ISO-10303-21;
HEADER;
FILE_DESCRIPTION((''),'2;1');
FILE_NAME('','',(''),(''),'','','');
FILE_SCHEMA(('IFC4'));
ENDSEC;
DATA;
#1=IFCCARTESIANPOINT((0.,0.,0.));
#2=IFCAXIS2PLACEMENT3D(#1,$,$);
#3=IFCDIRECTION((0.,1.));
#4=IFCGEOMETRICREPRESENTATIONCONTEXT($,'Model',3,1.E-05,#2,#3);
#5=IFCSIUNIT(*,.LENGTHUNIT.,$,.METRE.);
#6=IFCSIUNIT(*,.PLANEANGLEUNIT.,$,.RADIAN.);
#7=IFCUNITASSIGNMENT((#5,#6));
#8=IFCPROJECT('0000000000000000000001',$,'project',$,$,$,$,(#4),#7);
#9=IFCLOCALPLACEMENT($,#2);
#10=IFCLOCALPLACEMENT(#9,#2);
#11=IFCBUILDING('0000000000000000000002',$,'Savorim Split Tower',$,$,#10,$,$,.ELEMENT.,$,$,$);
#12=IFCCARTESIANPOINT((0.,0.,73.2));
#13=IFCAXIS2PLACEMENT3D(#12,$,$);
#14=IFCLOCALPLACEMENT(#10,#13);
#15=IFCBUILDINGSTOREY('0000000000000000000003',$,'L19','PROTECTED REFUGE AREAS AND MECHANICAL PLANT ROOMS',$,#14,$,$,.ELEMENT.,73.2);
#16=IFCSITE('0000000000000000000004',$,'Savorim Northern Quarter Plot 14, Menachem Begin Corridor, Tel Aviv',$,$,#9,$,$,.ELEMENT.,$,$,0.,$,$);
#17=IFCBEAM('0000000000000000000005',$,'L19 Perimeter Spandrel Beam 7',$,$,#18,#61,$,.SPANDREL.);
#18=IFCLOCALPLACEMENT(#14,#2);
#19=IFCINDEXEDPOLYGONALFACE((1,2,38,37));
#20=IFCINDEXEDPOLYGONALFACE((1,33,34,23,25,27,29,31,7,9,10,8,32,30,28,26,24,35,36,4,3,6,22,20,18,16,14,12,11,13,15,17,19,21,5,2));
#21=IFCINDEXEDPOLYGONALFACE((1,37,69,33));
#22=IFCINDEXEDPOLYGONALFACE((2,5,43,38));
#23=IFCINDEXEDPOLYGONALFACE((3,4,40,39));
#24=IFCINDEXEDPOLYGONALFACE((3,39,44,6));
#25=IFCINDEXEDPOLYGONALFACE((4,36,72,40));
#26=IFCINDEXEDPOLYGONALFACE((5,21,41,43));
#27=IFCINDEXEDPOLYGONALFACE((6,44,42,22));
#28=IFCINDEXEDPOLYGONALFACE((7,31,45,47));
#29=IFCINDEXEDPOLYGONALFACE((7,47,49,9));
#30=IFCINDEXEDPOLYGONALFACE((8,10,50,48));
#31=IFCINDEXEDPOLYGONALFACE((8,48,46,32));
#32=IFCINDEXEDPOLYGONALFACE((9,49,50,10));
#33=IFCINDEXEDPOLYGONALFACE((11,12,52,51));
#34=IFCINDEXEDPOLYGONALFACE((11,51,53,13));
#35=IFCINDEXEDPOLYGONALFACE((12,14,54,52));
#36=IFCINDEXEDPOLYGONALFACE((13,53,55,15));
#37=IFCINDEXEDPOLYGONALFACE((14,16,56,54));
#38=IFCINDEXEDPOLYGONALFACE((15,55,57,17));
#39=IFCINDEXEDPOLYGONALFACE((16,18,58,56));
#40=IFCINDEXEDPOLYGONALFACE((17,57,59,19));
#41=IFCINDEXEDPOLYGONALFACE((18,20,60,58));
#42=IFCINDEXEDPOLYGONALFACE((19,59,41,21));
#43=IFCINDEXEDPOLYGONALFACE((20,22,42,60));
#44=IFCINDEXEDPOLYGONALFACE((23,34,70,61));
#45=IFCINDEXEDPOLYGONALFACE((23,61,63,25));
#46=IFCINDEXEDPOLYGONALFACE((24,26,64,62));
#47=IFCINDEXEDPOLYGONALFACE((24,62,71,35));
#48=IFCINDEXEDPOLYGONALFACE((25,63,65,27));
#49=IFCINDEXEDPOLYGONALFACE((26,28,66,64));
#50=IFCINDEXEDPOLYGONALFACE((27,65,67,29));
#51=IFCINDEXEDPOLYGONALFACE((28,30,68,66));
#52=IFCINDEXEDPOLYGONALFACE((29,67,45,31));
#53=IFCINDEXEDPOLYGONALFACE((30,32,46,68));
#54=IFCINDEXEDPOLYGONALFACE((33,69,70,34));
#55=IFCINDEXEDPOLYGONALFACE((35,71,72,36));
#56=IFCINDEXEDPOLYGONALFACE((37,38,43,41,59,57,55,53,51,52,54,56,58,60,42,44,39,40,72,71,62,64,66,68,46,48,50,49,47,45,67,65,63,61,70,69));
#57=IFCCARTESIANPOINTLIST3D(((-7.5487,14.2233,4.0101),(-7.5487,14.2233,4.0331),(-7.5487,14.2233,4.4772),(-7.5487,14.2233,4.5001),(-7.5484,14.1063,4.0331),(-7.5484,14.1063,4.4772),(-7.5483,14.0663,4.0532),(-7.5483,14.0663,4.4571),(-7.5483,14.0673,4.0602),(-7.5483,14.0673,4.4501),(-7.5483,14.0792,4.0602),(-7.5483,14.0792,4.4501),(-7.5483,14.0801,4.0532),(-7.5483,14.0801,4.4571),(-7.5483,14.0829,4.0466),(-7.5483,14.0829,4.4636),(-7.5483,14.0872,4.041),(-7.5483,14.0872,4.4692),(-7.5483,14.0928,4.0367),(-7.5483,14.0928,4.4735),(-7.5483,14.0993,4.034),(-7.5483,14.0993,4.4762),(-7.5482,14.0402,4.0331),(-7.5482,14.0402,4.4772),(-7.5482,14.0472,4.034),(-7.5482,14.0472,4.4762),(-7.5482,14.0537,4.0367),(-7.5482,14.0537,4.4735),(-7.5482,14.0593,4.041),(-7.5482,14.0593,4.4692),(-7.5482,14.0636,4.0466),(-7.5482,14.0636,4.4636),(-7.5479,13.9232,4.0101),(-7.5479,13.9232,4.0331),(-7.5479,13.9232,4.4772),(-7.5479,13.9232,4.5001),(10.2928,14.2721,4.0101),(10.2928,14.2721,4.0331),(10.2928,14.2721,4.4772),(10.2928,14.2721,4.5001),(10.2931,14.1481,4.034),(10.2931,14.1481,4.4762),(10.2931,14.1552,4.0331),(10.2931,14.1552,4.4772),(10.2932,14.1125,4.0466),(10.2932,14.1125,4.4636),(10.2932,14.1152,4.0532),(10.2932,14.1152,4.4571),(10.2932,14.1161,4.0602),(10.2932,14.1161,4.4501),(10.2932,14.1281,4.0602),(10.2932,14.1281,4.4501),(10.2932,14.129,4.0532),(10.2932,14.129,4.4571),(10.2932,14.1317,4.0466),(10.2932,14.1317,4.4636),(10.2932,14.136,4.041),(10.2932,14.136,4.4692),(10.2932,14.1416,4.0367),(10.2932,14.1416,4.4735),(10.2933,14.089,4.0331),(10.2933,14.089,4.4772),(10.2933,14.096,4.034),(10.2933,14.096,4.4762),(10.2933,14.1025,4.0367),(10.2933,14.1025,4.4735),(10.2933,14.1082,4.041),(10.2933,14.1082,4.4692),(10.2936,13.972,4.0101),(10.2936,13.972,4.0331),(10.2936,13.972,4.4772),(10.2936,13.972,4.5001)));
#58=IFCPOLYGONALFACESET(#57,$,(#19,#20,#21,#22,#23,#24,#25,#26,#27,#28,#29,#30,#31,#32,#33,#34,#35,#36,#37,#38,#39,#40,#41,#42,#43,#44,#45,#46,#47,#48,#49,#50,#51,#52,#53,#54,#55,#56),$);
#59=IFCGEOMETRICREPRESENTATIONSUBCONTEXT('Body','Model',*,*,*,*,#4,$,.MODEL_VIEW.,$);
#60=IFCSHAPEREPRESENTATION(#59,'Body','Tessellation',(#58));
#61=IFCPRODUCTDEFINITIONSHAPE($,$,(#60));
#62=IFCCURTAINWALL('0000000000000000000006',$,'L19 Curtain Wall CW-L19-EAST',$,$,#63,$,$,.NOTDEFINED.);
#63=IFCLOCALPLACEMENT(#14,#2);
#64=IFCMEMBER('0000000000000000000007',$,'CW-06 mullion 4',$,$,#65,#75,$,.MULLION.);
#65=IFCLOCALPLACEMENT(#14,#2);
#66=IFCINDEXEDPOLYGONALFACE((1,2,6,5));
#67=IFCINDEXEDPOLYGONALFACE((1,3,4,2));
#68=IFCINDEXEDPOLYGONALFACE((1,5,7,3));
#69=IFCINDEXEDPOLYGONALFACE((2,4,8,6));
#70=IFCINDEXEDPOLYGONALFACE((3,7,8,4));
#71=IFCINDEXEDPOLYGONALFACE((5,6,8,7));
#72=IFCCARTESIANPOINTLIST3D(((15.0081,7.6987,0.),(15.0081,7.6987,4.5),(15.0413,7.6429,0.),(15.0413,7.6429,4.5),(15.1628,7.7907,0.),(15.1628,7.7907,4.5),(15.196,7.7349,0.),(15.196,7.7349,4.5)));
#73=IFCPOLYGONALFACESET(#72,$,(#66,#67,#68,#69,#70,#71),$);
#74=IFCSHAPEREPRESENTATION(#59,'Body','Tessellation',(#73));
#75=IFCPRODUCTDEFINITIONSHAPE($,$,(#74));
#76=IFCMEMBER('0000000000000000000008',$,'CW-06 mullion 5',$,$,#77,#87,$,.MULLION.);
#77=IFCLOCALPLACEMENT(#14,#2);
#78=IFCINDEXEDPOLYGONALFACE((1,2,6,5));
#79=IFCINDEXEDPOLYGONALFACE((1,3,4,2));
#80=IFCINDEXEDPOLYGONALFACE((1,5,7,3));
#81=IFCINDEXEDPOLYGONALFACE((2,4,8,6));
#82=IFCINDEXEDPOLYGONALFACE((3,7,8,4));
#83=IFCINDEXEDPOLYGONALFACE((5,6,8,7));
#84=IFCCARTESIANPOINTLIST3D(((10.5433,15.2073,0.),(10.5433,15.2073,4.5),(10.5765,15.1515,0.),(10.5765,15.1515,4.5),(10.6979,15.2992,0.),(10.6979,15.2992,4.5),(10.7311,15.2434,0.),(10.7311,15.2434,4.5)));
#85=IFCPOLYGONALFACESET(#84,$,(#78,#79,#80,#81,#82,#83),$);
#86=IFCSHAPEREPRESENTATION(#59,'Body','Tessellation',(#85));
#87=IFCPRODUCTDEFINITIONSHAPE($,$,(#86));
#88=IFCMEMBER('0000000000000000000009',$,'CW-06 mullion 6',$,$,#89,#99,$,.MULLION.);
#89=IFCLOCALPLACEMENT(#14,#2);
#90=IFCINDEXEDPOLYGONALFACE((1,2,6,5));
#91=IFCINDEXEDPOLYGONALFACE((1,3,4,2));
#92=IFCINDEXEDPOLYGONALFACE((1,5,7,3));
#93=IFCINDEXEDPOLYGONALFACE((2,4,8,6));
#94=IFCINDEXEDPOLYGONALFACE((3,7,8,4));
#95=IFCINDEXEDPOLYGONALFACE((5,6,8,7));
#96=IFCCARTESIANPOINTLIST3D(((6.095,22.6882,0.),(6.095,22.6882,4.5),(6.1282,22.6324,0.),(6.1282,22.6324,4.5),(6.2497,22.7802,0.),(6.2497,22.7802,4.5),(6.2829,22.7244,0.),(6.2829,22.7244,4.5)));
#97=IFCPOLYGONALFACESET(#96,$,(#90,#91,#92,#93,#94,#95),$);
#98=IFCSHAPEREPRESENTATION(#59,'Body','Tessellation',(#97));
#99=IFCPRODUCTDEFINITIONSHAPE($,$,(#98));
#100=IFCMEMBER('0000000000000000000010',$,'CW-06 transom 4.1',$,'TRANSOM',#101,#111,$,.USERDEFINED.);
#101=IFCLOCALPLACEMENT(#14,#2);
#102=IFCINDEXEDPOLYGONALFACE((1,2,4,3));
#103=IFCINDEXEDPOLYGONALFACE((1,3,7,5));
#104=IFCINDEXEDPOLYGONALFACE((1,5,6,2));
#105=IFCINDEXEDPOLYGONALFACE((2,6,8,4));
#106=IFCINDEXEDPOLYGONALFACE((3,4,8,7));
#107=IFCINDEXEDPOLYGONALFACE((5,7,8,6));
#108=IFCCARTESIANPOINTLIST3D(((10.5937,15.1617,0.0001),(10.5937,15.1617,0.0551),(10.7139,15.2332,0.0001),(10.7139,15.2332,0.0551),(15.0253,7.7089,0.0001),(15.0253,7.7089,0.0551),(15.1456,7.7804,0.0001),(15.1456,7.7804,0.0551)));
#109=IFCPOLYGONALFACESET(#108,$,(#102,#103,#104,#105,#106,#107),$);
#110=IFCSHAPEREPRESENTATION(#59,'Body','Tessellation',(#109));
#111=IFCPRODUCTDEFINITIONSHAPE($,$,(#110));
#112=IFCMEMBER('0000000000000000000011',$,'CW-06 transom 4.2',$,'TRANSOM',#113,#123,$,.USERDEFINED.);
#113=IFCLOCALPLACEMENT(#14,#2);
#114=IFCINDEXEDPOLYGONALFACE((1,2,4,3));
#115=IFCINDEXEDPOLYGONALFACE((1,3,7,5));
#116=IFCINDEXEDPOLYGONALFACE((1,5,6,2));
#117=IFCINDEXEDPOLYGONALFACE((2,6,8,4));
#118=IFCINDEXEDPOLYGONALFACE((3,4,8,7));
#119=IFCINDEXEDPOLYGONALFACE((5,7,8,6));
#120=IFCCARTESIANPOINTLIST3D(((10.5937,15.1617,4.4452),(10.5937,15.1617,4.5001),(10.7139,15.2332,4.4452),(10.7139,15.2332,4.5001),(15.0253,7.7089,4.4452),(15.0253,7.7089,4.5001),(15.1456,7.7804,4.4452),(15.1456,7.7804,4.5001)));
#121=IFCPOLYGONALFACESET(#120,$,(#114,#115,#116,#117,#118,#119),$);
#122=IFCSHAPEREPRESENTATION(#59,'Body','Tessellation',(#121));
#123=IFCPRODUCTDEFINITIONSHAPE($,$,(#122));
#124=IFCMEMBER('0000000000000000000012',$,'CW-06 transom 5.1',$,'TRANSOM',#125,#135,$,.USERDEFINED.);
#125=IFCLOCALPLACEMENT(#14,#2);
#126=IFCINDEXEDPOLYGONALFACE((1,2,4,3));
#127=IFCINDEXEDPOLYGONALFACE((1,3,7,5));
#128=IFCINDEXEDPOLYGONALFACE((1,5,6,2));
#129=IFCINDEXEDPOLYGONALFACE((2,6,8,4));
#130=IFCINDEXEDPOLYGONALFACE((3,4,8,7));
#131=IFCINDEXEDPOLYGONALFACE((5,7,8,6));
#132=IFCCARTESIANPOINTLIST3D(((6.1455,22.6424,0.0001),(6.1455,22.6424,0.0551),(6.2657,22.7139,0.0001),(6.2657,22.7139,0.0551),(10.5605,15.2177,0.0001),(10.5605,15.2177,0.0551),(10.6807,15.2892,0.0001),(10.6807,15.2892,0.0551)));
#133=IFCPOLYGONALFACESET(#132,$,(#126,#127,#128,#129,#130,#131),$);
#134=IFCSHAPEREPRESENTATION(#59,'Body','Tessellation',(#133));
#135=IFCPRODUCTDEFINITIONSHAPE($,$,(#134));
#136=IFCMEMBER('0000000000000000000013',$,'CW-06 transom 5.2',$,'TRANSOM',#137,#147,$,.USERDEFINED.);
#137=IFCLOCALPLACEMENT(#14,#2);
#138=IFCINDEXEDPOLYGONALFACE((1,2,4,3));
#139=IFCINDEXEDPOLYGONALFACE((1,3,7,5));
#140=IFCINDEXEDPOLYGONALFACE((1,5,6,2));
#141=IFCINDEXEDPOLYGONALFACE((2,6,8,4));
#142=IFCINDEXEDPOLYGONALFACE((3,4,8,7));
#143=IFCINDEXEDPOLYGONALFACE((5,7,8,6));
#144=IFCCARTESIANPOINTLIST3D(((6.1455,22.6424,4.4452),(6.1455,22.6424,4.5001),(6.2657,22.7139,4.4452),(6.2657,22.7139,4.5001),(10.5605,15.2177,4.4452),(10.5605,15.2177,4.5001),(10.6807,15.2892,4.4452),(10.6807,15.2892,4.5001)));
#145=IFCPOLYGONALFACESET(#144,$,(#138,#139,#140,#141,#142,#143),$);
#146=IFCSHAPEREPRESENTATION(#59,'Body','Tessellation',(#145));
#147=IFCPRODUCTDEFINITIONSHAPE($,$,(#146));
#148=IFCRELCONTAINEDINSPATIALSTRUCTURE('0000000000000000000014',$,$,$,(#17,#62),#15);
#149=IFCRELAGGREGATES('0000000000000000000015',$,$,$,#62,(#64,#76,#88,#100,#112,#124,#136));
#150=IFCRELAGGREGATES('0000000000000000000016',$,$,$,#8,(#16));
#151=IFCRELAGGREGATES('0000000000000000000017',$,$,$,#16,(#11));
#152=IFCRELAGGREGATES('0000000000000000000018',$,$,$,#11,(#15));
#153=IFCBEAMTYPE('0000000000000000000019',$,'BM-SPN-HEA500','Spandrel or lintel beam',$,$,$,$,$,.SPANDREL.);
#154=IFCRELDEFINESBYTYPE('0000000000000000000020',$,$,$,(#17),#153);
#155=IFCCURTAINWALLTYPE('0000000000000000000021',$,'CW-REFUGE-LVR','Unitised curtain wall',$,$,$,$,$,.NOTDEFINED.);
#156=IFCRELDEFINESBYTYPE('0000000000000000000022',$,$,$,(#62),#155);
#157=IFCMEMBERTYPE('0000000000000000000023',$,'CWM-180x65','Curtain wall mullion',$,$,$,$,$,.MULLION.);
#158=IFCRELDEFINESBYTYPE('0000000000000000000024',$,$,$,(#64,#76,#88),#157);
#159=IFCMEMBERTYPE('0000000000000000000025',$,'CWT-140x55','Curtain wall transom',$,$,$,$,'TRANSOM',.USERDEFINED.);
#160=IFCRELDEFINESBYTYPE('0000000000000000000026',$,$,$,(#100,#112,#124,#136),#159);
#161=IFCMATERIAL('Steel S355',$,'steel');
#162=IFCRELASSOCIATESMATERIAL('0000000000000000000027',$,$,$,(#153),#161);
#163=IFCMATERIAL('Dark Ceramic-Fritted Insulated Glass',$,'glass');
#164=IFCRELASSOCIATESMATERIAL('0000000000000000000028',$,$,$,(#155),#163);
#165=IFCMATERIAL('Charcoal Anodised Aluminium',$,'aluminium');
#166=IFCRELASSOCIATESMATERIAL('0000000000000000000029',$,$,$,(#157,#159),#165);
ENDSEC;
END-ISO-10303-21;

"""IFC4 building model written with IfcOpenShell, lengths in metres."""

from ifc_helpers import new_model, si_unit, direction, frame, origin, origin_2d, place, context, subcontext, project, spatial, rectangle, i_section, extrude, material, material_profile, profile_set, type_object, element, aggregate, save


model = new_model("IFC4")

# Units and contexts
model_context = context("Model", 3, precision=1e-05, world=origin(), true_north=direction((0.0, 1.0)))
body_context = subcontext(model_context, "Body", "Model", "MODEL_VIEW")
ifc_project = project(units=[si_unit("LENGTHUNIT", "METRE"), si_unit("PLANEANGLEUNIT", "RADIAN")], contexts=[model_context])

# Site, building, storey
site_placement = place(None, origin())
site = spatial("IfcSite", under=ifc_project, at=site_placement, Name="Savorim Northern Quarter Plot 14, Menachem Begin Corridor, Tel Aviv", CompositionType="ELEMENT", RefElevation=0.0)
building_placement = place(site_placement, origin())
building = spatial("IfcBuilding", under=site, at=building_placement, Name="Savorim Split Tower", CompositionType="ELEMENT")
storey_placement = place(building_placement, frame((0.0, 0.0, 73.2)))
storey = spatial("IfcBuildingStorey", under=building, at=storey_placement, Name="L19", Description="PROTECTED REFUGE AREAS AND MECHANICAL PLANT ROOMS", CompositionType="ELEMENT", Elevation=73.2)

# Beam
ifc_material_1 = material(Name="Steel S355", Category="steel")
ifc_material_profile_1 = material_profile(ifc_material_1, i_section(OverallWidth=0.3, OverallDepth=0.49, WebThickness=0.012, FlangeThickness=0.0229, FilletRadius=0.0271, at=origin_2d()), Name="HEA 500")
ifc_profile_set_1 = profile_set([ifc_material_profile_1], Name="Steel S355")
beam_type_1 = type_object("IfcBeamType", Name="BM-SPN-HEA500", Description="Spandrel or lintel beam", PredefinedType="SPANDREL", material=ifc_profile_set_1)
beam_1_placement = place(storey_placement, frame((10.2932, 14.1221, 4.2551), z_axis=(-0.999996, -0.002737, 0.0), x_axis=(0.002737, -0.999996, 0.0)))
element("IfcBeam", 1, at=beam_1_placement, inside=storey, type_object=beam_type_1, Name="L19 Perimeter Spandrel Beam 7", PredefinedType="SPANDREL", context=body_context, shape_type="SweptSolid", body=[
    extrude(i_section(OverallWidth=0.3, OverallDepth=0.49, WebThickness=0.012, FlangeThickness=0.0229, FilletRadius=0.0271, at=origin_2d()), origin(), (0.0, 0.0, 1.0), 17.8416),
])

# Curtain wall, members
ifc_material_2 = material(Name="Dark Ceramic-Fritted Insulated Glass", Category="glass")
curtain_wall_type = type_object("IfcCurtainWallType", Name="CW-REFUGE-LVR", Description="Unitised curtain wall", PredefinedType="NOTDEFINED", material=ifc_material_2)
curtain_wall_placement = place(storey_placement, origin())
curtain_wall = element("IfcCurtainWall", 2, at=curtain_wall_placement, inside=storey, type_object=curtain_wall_type, Name="L19 Curtain Wall CW-L19-EAST", PredefinedType="NOTDEFINED")
ifc_material_3 = material(Name="Charcoal Anodised Aluminium", Category="aluminium")
ifc_material_profile_2 = material_profile(ifc_material_3, rectangle(XDim=0.1799, YDim=0.0649, at=origin_2d()), Name="ALU-M 180x65")
ifc_profile_set_2 = profile_set([ifc_material_profile_2], Name="Charcoal Anodised Aluminium")
member_type_1 = type_object("IfcMemberType", Name="CWM-180x65", Description="Curtain wall mullion", PredefinedType="MULLION", material=ifc_profile_set_2)
member_1_placement = place(storey_placement, frame((15.1021, 7.7168, 0.0), z_axis=(0.0, 0.0, 1.0), x_axis=(-0.859525, -0.511093, 0.0)))
member_1 = element("IfcMember", 3, at=member_1_placement, type_object=member_type_1, Name="CW-06 mullion 4", PredefinedType="MULLION", context=body_context, shape_type="SweptSolid", body=[
    extrude(rectangle(XDim=0.1799, YDim=0.0649, at=origin_2d()), origin(), (0.0, 0.0, 1.0), 4.5),
])
member_2_placement = place(storey_placement, frame((10.6372, 15.2253, 0.0), z_axis=(0.0, 0.0, 1.0), x_axis=(-0.859525, -0.511093, 0.0)))
member_2 = element("IfcMember", 4, at=member_2_placement, type_object=member_type_1, Name="CW-06 mullion 5", PredefinedType="MULLION", context=body_context, shape_type="SweptSolid", body=[
    extrude(rectangle(XDim=0.1799, YDim=0.0649, at=origin_2d()), origin(), (0.0, 0.0, 1.0), 4.5),
])
member_3_placement = place(storey_placement, frame((6.189, 22.7063, 0.0), z_axis=(0.0, 0.0, 1.0), x_axis=(-0.859525, -0.511093, 0.0)))
member_3 = element("IfcMember", 5, at=member_3_placement, type_object=member_type_1, Name="CW-06 mullion 6", PredefinedType="MULLION", context=body_context, shape_type="SweptSolid", body=[
    extrude(rectangle(XDim=0.1799, YDim=0.0649, at=origin_2d()), origin(), (0.0, 0.0, 1.0), 4.5),
])
ifc_material_profile_3 = material_profile(ifc_material_3, rectangle(XDim=0.1399, YDim=0.0549, at=origin_2d()), Name="ALU-T 140x55")
ifc_profile_set_3 = profile_set([ifc_material_profile_3], Name="Charcoal Anodised Aluminium")
member_type_2 = type_object("IfcMemberType", Name="CWT-140x55", Description="Curtain wall transom", ElementType="TRANSOM", PredefinedType="USERDEFINED", material=ifc_profile_set_3)
member_4_placement = place(storey_placement, frame((15.0854, 7.7446, 0.0276), z_axis=(-0.511092, 0.859526, 0.0), x_axis=(-0.859526, -0.511092, 0.0)))
member_4 = element("IfcMember", 6, at=member_4_placement, type_object=member_type_2, Name="CW-06 transom 4.1", ObjectType="TRANSOM", PredefinedType="USERDEFINED", context=body_context, shape_type="SweptSolid", body=[
    extrude(rectangle(XDim=0.1399, YDim=0.0549, at=origin_2d()), origin(), (0.0, 0.0, 1.0), 8.6709),
])
member_5_placement = place(storey_placement, frame((15.0854, 7.7446, 4.4727), z_axis=(-0.511092, 0.859526, 0.0), x_axis=(-0.859526, -0.511092, 0.0)))
member_5 = element("IfcMember", 7, at=member_5_placement, type_object=member_type_2, Name="CW-06 transom 4.2", ObjectType="TRANSOM", PredefinedType="USERDEFINED", context=body_context, shape_type="SweptSolid", body=[
    extrude(rectangle(XDim=0.1399, YDim=0.0549, at=origin_2d()), origin(), (0.0, 0.0, 1.0), 8.6709),
])
member_6_placement = place(storey_placement, frame((10.6206, 15.2534, 0.0276), z_axis=(-0.5111, 0.859521, 0.0), x_axis=(-0.859521, -0.5111, 0.0)))
member_6 = element("IfcMember", 8, at=member_6_placement, type_object=member_type_2, Name="CW-06 transom 5.1", ObjectType="TRANSOM", PredefinedType="USERDEFINED", context=body_context, shape_type="SweptSolid", body=[
    extrude(rectangle(XDim=0.1399, YDim=0.0549, at=origin_2d()), origin(), (0.0, 0.0, 1.0), 8.6382),
])
member_7_placement = place(storey_placement, frame((10.6206, 15.2534, 4.4727), z_axis=(-0.5111, 0.859521, 0.0), x_axis=(-0.859521, -0.5111, 0.0)))
member_7 = element("IfcMember", 9, at=member_7_placement, type_object=member_type_2, Name="CW-06 transom 5.2", ObjectType="TRANSOM", PredefinedType="USERDEFINED", context=body_context, shape_type="SweptSolid", body=[
    extrude(rectangle(XDim=0.1399, YDim=0.0549, at=origin_2d()), origin(), (0.0, 0.0, 1.0), 8.6382),
])

aggregate(curtain_wall, [member_1, member_2, member_3, member_4, member_5, member_6, member_7])

save(model, "model.ifc")
